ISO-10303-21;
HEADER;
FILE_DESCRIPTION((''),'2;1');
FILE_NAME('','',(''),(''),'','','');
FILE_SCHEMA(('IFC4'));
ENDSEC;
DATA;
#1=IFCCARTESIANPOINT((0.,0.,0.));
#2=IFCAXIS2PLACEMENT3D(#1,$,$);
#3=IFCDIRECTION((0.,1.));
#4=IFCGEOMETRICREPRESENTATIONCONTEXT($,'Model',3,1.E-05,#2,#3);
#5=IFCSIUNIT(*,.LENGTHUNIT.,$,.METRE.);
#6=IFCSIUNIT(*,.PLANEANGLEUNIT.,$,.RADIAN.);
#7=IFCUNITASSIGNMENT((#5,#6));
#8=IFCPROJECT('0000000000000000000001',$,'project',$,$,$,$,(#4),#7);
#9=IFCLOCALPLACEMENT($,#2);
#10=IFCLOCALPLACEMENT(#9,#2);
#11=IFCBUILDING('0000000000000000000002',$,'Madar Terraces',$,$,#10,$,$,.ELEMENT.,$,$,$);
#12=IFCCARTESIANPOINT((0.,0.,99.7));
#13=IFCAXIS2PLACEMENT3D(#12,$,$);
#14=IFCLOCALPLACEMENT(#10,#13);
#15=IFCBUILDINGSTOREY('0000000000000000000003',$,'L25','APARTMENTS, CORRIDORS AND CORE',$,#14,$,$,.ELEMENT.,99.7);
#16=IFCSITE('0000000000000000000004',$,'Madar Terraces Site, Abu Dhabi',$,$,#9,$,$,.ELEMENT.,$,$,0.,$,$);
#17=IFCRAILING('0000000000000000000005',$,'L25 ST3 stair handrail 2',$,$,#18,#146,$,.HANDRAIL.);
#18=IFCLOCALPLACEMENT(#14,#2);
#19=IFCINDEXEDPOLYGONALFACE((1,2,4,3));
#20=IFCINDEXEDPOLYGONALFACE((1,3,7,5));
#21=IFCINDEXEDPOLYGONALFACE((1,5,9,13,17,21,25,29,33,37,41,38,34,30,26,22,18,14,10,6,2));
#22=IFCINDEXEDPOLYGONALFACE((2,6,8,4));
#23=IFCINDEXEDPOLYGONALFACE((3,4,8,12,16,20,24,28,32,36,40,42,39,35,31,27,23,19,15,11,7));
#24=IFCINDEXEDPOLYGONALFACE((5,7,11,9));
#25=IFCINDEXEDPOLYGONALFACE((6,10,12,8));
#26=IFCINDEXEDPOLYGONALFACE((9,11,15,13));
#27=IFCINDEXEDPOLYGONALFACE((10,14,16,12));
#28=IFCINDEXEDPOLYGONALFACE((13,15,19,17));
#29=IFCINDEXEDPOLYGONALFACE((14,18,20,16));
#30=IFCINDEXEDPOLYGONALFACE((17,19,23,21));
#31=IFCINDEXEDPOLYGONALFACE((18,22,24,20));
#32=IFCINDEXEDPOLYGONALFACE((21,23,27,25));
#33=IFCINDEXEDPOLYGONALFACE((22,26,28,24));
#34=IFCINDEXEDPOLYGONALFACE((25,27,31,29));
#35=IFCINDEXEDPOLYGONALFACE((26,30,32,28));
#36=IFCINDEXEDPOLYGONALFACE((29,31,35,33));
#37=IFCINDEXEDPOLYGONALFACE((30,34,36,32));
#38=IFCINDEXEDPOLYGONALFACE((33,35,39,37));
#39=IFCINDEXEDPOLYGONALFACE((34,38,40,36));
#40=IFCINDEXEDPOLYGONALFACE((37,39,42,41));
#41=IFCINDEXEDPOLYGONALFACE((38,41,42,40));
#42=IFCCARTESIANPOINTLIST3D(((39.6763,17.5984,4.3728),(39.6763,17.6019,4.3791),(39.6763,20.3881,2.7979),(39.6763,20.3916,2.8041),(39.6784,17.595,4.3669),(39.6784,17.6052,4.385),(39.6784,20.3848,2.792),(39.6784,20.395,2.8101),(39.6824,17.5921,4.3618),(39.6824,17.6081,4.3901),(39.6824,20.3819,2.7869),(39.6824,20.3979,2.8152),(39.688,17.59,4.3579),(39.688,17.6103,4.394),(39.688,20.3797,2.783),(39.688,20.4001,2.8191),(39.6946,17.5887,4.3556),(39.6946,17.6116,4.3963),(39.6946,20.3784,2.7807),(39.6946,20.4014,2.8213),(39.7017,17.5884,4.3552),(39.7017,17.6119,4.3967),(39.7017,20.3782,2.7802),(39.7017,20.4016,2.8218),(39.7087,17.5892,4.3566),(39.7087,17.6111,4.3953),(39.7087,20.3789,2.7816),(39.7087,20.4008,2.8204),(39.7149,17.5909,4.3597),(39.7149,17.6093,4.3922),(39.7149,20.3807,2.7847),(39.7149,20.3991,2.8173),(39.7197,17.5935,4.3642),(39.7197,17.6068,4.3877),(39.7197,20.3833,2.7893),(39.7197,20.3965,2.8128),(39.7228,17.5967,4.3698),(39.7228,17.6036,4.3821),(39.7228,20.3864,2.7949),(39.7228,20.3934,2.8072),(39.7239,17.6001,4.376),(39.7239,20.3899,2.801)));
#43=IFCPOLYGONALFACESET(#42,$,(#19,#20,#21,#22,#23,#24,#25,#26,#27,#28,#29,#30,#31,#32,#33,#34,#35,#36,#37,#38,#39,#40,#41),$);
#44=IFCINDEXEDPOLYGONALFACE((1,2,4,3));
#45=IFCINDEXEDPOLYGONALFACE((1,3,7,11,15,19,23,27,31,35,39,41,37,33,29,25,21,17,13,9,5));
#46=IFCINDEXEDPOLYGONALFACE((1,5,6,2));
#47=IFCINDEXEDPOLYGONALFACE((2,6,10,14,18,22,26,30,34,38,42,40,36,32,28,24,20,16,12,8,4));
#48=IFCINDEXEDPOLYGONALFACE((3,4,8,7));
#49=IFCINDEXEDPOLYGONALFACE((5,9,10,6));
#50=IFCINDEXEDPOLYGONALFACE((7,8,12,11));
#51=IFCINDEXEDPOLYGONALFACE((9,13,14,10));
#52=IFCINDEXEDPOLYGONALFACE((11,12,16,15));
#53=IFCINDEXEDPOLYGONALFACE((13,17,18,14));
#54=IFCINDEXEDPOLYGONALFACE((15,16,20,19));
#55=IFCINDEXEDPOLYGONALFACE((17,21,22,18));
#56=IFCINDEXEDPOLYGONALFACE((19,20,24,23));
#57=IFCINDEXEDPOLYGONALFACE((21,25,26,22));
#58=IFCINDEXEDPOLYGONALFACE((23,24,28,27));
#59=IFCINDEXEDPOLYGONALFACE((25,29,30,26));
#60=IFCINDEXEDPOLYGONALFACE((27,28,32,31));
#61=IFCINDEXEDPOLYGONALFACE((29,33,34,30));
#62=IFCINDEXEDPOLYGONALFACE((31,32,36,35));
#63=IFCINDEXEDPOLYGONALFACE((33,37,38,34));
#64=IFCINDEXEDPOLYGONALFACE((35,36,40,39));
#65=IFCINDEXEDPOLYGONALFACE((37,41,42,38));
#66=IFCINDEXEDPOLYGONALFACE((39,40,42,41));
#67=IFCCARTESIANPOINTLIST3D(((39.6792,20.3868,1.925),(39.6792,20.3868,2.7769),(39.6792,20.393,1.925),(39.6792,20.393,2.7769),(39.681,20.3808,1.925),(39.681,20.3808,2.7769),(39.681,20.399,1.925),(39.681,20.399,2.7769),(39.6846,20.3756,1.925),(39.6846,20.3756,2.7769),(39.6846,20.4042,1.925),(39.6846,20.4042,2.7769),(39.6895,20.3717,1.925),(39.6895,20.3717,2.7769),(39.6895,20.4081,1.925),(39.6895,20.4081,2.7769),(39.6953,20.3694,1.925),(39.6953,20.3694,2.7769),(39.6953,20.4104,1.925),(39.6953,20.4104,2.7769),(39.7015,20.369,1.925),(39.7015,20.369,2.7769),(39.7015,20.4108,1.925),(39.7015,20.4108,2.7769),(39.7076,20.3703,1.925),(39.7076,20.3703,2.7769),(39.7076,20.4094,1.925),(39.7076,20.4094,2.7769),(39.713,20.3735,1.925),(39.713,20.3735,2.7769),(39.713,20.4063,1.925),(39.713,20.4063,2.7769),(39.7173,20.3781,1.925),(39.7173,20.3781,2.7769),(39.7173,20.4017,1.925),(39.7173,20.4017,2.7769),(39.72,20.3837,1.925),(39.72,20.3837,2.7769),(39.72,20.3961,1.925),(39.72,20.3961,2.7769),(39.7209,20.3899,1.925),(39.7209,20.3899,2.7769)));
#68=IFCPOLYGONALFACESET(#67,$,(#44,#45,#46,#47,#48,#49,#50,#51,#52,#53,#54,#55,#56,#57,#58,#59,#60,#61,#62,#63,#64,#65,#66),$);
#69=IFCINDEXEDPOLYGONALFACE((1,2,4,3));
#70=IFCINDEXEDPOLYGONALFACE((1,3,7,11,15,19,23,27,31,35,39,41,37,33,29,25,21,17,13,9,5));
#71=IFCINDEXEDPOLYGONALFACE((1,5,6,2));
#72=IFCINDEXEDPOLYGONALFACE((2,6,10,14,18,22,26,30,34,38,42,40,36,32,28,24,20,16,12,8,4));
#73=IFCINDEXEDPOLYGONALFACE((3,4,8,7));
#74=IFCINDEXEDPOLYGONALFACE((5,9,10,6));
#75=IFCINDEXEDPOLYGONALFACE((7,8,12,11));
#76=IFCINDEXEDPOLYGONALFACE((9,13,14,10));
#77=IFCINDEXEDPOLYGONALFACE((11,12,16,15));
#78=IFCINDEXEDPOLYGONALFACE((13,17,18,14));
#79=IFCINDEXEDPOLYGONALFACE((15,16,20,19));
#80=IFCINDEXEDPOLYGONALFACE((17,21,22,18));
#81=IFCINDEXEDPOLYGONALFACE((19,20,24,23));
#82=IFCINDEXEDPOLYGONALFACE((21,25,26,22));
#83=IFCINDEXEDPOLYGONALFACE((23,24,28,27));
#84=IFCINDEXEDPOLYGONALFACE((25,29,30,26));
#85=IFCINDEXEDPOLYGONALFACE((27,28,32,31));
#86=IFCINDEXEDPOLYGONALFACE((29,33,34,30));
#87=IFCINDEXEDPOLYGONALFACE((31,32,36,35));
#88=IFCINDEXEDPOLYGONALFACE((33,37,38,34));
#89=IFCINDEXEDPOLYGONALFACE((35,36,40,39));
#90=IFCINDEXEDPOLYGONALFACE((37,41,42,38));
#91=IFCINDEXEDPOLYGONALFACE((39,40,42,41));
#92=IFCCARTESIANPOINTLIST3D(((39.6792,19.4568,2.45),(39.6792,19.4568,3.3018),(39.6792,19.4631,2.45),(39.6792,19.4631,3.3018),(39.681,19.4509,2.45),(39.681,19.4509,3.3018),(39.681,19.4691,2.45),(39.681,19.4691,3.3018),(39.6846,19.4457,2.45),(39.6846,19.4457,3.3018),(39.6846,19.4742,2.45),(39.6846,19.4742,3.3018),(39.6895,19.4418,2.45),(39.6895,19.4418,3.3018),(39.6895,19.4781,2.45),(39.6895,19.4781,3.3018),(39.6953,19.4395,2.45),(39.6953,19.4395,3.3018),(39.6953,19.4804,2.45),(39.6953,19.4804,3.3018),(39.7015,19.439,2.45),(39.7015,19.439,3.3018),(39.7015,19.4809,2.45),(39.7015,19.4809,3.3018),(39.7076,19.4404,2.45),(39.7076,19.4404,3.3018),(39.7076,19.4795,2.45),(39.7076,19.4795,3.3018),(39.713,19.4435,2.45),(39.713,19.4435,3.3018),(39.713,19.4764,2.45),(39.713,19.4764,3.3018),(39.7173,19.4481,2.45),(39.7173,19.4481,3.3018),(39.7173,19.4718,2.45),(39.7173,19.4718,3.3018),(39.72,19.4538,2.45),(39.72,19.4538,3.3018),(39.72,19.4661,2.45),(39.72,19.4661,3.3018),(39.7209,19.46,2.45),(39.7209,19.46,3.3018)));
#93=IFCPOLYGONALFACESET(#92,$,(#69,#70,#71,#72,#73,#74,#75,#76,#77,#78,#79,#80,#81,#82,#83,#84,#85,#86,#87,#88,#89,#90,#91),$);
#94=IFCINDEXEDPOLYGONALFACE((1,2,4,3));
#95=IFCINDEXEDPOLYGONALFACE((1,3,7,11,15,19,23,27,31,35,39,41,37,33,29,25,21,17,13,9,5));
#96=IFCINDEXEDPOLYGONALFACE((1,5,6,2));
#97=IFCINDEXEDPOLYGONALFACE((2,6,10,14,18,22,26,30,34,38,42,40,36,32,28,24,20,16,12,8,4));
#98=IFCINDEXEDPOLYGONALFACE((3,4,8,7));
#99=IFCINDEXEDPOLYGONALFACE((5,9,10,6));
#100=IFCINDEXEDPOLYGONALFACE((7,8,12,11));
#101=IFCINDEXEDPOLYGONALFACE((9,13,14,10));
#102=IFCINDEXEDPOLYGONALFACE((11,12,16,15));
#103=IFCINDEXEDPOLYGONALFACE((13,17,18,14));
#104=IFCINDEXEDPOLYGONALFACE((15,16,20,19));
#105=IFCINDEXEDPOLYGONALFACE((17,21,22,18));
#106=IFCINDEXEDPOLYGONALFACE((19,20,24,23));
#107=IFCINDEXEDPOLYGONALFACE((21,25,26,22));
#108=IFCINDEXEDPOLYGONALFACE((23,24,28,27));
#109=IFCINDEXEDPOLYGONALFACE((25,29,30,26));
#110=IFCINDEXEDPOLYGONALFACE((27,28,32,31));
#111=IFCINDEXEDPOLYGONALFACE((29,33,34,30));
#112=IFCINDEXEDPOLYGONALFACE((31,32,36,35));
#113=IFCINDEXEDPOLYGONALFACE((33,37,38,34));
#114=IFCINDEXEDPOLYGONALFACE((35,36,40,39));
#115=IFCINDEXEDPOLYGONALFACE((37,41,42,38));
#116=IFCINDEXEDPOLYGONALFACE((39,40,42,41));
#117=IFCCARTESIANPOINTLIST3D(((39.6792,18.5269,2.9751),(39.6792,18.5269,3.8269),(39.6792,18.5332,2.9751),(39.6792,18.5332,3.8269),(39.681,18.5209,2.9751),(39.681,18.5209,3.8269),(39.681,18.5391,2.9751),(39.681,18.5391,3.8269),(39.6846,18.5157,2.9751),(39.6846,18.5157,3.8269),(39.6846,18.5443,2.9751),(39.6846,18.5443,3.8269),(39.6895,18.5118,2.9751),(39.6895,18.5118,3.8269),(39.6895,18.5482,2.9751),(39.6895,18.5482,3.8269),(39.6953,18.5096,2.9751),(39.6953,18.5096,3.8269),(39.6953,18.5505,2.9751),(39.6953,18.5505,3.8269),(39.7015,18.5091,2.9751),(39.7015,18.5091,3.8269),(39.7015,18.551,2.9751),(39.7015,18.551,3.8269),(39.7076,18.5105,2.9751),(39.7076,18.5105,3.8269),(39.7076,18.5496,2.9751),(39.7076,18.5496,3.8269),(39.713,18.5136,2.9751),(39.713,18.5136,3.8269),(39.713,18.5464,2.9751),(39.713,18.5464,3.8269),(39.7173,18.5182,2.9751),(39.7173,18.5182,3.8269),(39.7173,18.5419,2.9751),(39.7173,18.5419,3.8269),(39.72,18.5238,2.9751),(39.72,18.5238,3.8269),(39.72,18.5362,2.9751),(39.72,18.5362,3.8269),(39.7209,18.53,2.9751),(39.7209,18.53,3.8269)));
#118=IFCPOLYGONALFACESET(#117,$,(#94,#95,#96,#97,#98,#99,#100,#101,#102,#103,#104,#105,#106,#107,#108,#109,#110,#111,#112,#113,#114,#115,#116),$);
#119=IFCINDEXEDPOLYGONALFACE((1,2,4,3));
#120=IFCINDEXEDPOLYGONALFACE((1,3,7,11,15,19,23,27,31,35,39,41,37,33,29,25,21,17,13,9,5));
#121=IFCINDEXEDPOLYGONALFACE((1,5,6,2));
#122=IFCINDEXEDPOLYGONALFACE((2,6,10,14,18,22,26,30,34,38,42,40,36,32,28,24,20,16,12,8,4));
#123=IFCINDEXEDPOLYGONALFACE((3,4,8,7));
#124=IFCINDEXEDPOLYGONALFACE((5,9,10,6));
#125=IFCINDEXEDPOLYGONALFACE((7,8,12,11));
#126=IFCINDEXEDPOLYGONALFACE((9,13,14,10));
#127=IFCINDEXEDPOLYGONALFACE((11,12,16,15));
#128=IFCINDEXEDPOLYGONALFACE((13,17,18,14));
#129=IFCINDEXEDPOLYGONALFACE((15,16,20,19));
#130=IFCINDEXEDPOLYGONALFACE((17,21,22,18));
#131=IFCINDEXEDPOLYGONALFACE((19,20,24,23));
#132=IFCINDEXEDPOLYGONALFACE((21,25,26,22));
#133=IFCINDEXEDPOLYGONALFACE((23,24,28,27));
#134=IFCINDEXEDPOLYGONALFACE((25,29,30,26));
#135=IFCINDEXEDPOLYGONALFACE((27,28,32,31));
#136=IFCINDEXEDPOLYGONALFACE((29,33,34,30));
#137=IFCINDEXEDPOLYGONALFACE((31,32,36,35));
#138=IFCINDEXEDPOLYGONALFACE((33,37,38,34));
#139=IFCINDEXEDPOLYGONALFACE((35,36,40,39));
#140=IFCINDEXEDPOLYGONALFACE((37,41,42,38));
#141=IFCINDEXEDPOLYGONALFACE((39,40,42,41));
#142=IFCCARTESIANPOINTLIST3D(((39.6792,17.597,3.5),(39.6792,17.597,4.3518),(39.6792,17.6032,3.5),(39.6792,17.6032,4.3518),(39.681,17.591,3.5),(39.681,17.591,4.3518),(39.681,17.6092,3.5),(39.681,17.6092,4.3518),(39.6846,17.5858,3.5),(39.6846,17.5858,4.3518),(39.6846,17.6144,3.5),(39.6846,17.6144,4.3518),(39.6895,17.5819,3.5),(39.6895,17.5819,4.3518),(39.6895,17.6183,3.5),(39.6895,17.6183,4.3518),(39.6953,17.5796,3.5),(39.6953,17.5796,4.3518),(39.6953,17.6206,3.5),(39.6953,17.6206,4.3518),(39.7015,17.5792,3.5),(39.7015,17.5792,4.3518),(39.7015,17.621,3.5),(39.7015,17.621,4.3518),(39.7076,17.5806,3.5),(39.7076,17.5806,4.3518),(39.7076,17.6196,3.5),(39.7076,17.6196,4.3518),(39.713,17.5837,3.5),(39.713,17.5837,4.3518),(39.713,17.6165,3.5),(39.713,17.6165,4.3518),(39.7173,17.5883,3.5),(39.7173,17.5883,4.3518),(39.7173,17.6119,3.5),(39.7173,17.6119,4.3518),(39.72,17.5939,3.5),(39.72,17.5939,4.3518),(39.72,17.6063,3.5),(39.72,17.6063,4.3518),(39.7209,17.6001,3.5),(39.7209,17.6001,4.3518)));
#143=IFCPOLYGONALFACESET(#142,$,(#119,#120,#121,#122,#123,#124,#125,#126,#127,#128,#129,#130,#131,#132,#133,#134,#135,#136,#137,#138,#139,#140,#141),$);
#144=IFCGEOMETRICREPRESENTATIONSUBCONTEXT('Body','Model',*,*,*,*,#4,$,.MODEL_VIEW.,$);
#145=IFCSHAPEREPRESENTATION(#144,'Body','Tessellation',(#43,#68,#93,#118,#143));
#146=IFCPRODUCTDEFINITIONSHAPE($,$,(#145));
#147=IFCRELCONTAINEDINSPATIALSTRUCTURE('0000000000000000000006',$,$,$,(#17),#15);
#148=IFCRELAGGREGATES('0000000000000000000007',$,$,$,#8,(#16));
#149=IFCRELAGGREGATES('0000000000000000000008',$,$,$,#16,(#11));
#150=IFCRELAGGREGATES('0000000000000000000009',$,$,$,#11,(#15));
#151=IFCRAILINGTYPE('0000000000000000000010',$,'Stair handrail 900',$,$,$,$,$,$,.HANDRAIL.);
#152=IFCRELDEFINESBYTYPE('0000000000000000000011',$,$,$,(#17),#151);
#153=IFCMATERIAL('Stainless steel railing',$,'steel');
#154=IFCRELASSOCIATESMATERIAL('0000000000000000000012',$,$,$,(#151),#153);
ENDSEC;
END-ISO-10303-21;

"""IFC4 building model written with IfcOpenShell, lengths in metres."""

from ifc_helpers import new_model, si_unit, direction, frame, origin, origin_2d, place, context, subcontext, project, spatial, circle, extrude, material, type_object, element, save


model = new_model("IFC4")

# Units and contexts
model_context = context("Model", 3, precision=1e-05, world=origin(), true_north=direction((0.0, 1.0)))
body_context = subcontext(model_context, "Body", "Model", "MODEL_VIEW")
ifc_project = project(units=[si_unit("LENGTHUNIT", "METRE"), si_unit("PLANEANGLEUNIT", "RADIAN")], contexts=[model_context])

# Site, building, storey
site_placement = place(None, origin())
site = spatial("IfcSite", under=ifc_project, at=site_placement, Name="Madar Terraces Site, Abu Dhabi", CompositionType="ELEMENT", RefElevation=0.0)
building_placement = place(site_placement, origin())
building = spatial("IfcBuilding", under=site, at=building_placement, Name="Madar Terraces", CompositionType="ELEMENT")
storey_placement = place(building_placement, frame((0.0, 0.0, 99.7)))
storey = spatial("IfcBuildingStorey", under=building, at=storey_placement, Name="L25", Description="APARTMENTS, CORRIDORS AND CORE", CompositionType="ELEMENT", Elevation=99.7)

# Railing
ifc_material_1 = material(Name="Stainless steel railing", Category="steel")
railing_type_1 = type_object("IfcRailingType", Name="Stair handrail 900", PredefinedType="HANDRAIL", material=ifc_material_1)
railing_1_placement = place(storey_placement, frame((39.7, 20.3899, 1.925)))
element("IfcRailing", 1, at=railing_1_placement, inside=storey, type_object=railing_type_1, Name="L25 ST3 stair handrail 2", PredefinedType="HANDRAIL", context=body_context, shape_type="SweptSolid", body=[
    extrude(circle(Radius=0.0239, at=origin_2d()), frame((0.0, 0.0, 0.876), z_axis=(0.0, -0.870815, 0.49161), x_axis=(1.0, 0.0, 0.0)), (0.0, 0.0, 1.0), 3.2036),
    extrude(circle(Radius=0.021, at=origin_2d()), origin(), (0.0, 0.0, 1.0), 0.8518),
    extrude(circle(Radius=0.021, at=origin_2d()), frame((0.0, -0.9299, 0.5249)), (0.0, 0.0, 1.0), 0.8518),
    extrude(circle(Radius=0.021, at=origin_2d()), frame((0.0, -1.8599, 1.05)), (0.0, 0.0, 1.0), 0.8518),
    extrude(circle(Radius=0.021, at=origin_2d()), frame((0.0, -2.7898, 1.575)), (0.0, 0.0, 1.0), 0.8518),
])

save(model, "model.ifc")
